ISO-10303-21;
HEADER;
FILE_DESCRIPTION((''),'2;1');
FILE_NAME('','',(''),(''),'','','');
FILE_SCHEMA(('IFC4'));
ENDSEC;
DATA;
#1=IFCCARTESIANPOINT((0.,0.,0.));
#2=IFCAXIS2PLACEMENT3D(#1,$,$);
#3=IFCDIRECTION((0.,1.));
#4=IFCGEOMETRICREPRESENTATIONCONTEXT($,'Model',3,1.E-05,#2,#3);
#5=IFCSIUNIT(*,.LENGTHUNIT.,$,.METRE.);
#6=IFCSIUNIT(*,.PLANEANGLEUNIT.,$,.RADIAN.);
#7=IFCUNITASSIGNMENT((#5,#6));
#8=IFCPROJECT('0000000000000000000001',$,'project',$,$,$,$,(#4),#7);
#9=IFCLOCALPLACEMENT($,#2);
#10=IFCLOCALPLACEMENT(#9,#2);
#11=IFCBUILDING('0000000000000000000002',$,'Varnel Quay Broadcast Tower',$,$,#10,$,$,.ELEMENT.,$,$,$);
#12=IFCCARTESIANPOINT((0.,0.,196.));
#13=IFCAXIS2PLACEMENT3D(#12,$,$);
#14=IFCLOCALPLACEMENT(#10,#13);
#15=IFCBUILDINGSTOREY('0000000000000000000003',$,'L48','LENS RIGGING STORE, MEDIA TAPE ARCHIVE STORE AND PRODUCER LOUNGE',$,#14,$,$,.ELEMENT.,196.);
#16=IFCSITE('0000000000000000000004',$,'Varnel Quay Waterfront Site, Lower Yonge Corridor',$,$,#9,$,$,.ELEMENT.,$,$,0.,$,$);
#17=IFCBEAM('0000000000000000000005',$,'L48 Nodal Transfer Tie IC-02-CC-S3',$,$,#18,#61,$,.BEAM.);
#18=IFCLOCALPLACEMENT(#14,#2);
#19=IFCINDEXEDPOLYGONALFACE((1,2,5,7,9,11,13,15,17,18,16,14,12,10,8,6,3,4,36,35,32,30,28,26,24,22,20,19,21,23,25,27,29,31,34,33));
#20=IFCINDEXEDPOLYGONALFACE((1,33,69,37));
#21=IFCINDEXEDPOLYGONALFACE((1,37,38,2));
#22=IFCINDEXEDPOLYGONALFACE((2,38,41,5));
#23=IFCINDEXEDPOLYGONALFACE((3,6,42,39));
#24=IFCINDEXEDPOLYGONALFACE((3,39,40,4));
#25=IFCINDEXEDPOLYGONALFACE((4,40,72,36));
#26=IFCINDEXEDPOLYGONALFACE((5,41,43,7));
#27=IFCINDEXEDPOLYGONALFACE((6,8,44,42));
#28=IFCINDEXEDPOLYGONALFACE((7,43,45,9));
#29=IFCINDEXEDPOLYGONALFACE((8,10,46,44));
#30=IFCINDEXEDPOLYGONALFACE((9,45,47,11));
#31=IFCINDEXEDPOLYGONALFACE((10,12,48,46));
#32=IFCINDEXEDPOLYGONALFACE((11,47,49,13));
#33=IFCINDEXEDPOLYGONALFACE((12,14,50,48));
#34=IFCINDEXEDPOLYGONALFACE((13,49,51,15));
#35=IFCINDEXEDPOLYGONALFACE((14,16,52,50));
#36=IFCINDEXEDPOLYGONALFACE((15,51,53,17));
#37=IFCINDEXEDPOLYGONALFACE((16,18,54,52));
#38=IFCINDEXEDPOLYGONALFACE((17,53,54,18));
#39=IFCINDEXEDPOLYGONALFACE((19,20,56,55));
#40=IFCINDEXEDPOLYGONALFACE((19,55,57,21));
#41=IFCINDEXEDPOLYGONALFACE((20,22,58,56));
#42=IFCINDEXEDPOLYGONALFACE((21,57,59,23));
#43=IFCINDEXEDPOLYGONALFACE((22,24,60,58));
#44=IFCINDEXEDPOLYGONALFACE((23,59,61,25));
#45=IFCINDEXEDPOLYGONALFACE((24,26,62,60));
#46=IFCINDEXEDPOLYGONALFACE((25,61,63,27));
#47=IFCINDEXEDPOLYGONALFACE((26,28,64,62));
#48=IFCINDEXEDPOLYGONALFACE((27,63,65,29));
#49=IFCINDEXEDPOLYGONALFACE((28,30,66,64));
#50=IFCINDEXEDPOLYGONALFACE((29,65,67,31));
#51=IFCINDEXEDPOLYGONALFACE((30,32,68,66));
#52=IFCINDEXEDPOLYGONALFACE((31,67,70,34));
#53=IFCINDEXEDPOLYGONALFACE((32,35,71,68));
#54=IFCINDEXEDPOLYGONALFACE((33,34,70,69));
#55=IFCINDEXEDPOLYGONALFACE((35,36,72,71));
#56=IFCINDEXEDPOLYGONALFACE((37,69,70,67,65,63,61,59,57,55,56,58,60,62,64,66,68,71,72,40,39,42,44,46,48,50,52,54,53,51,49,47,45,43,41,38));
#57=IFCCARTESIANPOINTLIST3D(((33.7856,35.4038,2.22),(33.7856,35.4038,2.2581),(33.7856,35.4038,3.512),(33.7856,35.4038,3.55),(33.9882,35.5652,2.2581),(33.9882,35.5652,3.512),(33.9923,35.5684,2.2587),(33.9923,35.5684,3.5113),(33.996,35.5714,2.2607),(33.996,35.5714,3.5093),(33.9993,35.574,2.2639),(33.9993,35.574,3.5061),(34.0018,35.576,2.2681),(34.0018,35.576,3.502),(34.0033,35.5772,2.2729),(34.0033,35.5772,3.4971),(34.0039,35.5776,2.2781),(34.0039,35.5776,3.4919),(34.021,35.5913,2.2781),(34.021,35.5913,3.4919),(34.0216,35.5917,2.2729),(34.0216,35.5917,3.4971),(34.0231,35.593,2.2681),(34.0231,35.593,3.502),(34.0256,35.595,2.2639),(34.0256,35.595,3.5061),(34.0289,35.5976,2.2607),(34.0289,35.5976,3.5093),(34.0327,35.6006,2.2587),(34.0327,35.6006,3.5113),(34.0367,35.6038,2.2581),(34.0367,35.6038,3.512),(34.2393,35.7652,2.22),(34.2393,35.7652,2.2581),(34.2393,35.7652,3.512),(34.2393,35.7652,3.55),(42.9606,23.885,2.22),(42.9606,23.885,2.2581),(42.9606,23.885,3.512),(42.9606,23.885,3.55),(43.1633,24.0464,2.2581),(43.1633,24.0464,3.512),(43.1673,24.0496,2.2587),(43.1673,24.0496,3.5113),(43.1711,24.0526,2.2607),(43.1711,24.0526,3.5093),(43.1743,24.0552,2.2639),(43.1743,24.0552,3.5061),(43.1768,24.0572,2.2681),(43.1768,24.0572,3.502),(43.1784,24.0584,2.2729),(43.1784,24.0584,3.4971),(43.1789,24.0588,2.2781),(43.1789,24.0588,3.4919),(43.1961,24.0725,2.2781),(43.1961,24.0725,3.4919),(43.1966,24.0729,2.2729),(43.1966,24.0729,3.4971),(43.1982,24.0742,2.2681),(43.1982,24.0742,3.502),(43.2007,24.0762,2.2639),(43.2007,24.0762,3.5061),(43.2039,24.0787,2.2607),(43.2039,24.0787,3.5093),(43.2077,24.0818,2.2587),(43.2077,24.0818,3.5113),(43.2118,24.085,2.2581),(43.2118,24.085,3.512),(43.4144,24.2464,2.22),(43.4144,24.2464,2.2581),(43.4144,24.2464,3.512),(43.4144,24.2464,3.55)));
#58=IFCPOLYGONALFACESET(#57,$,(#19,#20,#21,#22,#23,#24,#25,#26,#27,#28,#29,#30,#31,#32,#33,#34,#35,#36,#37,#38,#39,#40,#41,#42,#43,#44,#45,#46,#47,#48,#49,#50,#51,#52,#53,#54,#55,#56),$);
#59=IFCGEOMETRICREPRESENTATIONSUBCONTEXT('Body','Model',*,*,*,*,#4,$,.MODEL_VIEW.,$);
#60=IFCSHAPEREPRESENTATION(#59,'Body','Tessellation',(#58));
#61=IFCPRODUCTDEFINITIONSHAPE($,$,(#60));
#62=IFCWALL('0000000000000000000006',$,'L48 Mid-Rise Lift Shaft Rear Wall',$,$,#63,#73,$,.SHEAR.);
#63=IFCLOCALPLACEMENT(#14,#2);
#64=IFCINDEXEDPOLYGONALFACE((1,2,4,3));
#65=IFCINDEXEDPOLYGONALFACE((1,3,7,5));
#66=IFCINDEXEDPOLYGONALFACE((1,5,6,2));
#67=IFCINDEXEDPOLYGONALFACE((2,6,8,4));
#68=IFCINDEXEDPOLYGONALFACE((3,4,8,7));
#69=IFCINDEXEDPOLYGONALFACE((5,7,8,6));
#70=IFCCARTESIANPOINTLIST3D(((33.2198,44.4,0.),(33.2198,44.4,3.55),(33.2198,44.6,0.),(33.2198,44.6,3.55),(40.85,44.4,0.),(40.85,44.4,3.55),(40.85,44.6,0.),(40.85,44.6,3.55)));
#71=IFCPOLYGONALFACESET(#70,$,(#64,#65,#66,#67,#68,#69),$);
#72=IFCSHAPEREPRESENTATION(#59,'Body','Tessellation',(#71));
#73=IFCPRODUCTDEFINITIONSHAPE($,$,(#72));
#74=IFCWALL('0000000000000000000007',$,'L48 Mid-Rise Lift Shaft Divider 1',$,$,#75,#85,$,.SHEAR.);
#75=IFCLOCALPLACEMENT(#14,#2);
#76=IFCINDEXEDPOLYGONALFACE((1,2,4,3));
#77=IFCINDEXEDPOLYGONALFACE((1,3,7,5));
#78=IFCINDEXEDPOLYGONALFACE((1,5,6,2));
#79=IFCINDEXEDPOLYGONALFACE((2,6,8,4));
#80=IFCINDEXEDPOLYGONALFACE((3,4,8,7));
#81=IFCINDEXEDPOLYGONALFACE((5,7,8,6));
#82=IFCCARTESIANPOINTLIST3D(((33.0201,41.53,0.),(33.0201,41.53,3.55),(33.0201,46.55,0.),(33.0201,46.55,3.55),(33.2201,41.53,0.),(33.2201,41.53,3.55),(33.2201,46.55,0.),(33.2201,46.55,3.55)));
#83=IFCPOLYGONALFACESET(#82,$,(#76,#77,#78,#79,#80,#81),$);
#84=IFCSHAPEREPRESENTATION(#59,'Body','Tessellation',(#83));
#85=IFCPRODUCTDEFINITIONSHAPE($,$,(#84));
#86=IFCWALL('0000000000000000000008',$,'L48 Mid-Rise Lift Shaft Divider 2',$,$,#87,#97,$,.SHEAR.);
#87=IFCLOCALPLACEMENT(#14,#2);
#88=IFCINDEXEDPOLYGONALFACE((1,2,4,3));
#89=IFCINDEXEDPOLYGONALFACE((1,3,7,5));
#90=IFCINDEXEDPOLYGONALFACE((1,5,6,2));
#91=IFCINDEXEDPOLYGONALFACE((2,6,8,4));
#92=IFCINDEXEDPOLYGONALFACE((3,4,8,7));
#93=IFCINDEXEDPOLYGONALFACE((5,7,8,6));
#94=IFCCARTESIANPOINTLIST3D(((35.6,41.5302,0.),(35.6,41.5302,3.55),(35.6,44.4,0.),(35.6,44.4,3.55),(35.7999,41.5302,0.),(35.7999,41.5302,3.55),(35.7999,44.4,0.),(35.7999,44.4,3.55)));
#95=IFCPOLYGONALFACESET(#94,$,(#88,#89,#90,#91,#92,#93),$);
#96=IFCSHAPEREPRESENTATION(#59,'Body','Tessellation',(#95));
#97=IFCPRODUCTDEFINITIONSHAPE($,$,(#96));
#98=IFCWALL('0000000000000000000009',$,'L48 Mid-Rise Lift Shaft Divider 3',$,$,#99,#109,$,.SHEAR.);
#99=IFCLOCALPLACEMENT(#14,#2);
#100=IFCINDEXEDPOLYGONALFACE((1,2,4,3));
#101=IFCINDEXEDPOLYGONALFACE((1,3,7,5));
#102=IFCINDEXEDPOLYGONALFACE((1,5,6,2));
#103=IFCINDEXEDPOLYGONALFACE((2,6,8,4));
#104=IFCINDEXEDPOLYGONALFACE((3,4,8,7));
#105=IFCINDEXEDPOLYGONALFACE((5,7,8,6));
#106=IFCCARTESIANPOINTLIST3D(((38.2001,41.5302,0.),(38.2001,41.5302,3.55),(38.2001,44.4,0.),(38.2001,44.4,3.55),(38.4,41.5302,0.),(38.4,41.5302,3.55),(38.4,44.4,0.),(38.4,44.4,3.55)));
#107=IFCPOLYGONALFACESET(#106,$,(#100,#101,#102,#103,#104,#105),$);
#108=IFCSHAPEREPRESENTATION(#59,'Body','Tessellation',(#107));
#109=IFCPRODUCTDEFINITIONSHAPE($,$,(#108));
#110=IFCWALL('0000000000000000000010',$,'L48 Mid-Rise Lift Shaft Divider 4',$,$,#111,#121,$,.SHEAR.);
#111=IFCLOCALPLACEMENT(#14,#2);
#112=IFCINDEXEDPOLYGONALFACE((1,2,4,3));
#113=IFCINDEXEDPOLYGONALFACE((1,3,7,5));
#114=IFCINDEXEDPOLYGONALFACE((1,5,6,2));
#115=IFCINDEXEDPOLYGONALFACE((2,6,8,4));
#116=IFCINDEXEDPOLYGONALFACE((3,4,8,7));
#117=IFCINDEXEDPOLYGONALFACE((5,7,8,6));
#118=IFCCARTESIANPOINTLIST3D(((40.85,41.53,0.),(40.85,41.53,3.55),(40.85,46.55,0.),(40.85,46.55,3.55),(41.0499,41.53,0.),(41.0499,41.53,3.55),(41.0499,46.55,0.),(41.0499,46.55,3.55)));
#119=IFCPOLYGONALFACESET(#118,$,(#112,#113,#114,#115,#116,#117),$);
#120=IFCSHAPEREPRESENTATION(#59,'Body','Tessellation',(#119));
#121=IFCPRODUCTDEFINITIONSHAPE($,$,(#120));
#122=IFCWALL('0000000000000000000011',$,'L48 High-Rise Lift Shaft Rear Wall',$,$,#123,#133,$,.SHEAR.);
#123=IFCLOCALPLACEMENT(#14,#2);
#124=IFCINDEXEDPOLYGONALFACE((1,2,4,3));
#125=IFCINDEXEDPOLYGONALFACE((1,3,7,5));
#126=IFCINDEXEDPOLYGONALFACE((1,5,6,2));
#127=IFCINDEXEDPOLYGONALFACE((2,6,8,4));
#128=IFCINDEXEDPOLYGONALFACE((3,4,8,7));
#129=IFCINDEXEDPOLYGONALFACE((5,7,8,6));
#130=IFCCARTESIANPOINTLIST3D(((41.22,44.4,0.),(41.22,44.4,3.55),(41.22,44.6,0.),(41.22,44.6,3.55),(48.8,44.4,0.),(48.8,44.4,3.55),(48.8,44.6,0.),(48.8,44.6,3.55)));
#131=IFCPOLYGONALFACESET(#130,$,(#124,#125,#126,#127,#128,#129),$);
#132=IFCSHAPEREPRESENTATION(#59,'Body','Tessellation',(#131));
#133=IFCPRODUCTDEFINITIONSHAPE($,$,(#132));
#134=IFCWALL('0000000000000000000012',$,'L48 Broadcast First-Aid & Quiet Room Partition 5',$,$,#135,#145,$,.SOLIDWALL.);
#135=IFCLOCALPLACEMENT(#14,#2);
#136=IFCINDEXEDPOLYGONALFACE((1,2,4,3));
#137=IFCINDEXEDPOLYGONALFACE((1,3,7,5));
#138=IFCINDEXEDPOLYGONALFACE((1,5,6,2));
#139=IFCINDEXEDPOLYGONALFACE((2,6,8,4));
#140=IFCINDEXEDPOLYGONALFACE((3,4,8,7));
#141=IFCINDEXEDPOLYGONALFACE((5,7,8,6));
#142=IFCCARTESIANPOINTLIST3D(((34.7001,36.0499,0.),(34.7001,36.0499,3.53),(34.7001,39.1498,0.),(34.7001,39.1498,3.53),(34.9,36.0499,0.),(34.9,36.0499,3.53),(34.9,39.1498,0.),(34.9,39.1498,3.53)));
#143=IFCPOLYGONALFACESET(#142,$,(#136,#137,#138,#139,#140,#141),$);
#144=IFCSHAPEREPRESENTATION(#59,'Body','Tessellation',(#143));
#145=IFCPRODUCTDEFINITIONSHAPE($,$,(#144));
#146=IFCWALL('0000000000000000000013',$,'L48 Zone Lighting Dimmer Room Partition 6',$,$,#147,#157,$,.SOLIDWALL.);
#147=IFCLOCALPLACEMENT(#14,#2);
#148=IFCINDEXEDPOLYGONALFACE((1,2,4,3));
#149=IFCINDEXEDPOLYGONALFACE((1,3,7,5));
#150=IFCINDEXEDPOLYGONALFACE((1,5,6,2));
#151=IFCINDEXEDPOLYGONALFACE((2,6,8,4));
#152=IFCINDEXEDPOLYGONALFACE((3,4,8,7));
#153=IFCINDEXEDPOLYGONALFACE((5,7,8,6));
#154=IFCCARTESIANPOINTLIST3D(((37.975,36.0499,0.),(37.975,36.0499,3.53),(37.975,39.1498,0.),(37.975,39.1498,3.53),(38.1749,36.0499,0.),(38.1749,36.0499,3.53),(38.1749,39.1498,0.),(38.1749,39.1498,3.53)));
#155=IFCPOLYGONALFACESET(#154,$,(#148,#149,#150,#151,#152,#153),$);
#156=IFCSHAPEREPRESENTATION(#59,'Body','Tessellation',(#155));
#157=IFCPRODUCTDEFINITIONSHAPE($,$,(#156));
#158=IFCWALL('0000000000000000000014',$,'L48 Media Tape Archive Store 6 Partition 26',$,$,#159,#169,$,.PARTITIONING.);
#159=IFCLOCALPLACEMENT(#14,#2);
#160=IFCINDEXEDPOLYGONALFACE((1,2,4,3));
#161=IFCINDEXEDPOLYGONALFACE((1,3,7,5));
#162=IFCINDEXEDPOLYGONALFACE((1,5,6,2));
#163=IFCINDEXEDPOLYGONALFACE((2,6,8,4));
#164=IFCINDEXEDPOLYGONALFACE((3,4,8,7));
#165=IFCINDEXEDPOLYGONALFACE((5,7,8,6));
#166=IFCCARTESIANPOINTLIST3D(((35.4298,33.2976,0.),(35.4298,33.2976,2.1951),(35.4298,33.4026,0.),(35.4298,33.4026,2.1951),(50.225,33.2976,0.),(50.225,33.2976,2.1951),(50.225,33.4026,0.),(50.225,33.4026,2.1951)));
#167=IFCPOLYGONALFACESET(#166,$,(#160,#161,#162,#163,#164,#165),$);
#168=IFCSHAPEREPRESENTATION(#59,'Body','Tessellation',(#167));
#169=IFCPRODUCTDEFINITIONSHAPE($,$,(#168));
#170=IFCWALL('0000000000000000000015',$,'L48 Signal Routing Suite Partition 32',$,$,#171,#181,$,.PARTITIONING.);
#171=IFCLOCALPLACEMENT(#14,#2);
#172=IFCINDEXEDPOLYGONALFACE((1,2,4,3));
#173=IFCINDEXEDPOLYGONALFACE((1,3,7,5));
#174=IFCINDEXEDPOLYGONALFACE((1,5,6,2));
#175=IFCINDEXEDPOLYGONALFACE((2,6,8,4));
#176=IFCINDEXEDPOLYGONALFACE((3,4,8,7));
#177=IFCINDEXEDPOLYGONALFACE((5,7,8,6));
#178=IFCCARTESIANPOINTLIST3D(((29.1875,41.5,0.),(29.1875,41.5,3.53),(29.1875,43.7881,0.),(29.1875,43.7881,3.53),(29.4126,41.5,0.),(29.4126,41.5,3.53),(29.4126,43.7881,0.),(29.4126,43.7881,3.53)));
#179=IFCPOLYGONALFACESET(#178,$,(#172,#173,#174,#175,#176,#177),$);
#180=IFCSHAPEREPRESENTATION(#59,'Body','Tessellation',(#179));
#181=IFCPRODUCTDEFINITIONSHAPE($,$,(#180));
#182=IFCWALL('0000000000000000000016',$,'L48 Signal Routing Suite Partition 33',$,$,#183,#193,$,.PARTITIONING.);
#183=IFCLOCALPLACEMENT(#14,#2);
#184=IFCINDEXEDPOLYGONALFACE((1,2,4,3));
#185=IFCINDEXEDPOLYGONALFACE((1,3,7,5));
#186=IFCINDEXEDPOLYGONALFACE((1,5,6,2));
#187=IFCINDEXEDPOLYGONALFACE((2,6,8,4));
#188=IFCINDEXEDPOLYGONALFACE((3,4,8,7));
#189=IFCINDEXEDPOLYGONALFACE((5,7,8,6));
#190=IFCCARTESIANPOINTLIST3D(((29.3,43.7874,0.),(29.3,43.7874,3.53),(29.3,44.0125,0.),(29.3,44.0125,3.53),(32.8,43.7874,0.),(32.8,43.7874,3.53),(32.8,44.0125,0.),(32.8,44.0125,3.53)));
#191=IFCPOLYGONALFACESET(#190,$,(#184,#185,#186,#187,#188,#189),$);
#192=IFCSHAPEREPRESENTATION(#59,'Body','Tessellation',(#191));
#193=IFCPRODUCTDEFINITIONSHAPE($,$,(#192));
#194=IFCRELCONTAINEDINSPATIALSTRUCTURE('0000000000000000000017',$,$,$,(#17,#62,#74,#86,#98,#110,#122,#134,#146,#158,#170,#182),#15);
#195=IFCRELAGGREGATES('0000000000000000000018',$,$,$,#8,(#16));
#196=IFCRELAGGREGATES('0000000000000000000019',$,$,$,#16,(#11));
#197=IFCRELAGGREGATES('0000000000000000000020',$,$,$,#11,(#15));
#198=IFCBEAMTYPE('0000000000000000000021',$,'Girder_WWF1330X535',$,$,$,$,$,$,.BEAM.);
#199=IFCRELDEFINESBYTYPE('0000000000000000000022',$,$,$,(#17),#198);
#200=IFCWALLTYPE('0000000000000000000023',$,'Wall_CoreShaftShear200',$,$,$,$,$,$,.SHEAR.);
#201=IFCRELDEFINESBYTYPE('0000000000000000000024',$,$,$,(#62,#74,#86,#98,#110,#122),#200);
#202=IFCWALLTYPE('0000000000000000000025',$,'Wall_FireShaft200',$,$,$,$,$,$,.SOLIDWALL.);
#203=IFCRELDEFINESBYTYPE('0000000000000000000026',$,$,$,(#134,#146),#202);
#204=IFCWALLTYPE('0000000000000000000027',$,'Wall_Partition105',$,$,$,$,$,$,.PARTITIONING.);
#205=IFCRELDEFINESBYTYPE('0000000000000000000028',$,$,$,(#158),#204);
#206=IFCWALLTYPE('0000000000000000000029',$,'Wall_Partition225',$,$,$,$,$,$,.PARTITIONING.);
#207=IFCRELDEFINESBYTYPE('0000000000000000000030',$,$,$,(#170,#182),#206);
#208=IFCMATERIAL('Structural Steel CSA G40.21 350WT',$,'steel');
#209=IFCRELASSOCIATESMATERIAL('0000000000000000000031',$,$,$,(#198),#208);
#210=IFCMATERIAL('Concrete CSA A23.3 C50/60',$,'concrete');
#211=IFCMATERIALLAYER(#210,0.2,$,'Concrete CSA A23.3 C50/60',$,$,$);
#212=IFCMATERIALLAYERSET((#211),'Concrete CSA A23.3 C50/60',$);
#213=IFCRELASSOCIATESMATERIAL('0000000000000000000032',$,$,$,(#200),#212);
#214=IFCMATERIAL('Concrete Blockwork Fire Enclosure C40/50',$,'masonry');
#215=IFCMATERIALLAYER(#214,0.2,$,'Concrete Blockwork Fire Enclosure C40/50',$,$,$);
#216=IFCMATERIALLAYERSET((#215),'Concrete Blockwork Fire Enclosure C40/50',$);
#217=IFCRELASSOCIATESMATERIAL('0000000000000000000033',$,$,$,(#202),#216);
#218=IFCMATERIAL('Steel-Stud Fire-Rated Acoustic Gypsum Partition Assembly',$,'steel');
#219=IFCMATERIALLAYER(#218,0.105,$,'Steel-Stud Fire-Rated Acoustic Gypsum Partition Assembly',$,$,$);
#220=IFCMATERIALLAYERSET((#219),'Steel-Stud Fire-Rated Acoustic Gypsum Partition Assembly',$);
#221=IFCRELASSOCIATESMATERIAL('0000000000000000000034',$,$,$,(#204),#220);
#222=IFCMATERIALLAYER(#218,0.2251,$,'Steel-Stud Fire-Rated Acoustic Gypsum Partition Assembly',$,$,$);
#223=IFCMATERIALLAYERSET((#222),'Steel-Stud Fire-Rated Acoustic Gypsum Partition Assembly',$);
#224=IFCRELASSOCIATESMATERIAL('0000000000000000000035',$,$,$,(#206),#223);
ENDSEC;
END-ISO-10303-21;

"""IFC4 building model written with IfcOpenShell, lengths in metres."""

from ifc_helpers import new_model, si_unit, direction, frame, frame_2d, origin, origin_2d, place, context, subcontext, project, spatial, rectangle, i_section, extrude, source, transform, mapped, material, layer, layer_set, material_profile, profile_set, type_object, type_shapes, element, save


model = new_model("IFC4")

# Units and contexts
model_context = context("Model", 3, precision=1e-05, world=origin(), true_north=direction((0.0, 1.0)))
body_context = subcontext(model_context, "Body", "Model", "MODEL_VIEW")
ifc_project = project(units=[si_unit("LENGTHUNIT", "METRE"), si_unit("PLANEANGLEUNIT", "RADIAN")], contexts=[model_context])

# Site, building, storey
site_placement = place(None, origin())
site = spatial("IfcSite", under=ifc_project, at=site_placement, Name="Varnel Quay Waterfront Site, Lower Yonge Corridor", CompositionType="ELEMENT", RefElevation=0.0)
building_placement = place(site_placement, origin())
building = spatial("IfcBuilding", under=site, at=building_placement, Name="Varnel Quay Broadcast Tower", CompositionType="ELEMENT")
storey_placement = place(building_placement, frame((0.0, 0.0, 196.0)))
storey = spatial("IfcBuildingStorey", under=building, at=storey_placement, Name="L48", Description="LENS RIGGING STORE, MEDIA TAPE ARCHIVE STORE AND PRODUCER LOUNGE", CompositionType="ELEMENT", Elevation=196.0)

# Shared definitions
ifc_material_1 = material(Name="Structural Steel CSA G40.21 350WT", Category="steel")

# Beam
ifc_material_2 = material(Name="Concrete CSA A23.3 C50/60", Category="concrete")
ifc_material_profile_1 = material_profile(ifc_material_1, i_section(OverallWidth=0.5801, OverallDepth=1.3301, WebThickness=0.022, FlangeThickness=0.0381, FilletRadius=0.02, at=origin_2d()), Name="WWF1330X535")
ifc_profile_set_1 = profile_set([ifc_material_profile_1], Name="Structural Steel CSA G40.21 350WT")
beam_type_1 = type_object("IfcBeamType", Name="Girder_WWF1330X535", PredefinedType="BEAM", material=ifc_profile_set_1)
shared_shape_1 = source(origin(), body_context, "Body", "SweptSolid", [
    extrude(i_section(OverallWidth=0.5801, OverallDepth=1.3301, WebThickness=0.022, FlangeThickness=0.0381, FilletRadius=0.02, at=origin_2d()), origin(), (0.0, 0.0, 1.0), 14.7263),
])
type_shapes(beam_type_1, [shared_shape_1])
for number, where, z_axis, x_axis, name in (
    (1, (34.0125, 35.5845, 2.885), (0.623038, -0.782192, 0.0), (0.782192, 0.623038, 0.0), "L48 Nodal Transfer Tie IC-02-CC-S3"),
):
    element("IfcBeam", number, at=place(storey_placement, frame(where, z_axis=z_axis, x_axis=x_axis)), inside=storey, type_object=beam_type_1, Name=name, PredefinedType="BEAM", context=body_context, shape_type="MappedRepresentation", body=[
        mapped(shared_shape_1, transform((0.0, 0.0, 0.0), x_axis=(1.0, 0.0, 0.0), y_axis=(0.0, 1.0, 0.0), z_axis=(0.0, 0.0, 1.0), scale=1.0)),
    ])

# Walls
ifc_layer_1 = layer(ifc_material_2, 0.2, Name="Concrete CSA A23.3 C50/60")
ifc_layer_set_1 = layer_set([ifc_layer_1], Name="Concrete CSA A23.3 C50/60")
wall_type_1 = type_object("IfcWallType", Name="Wall_CoreShaftShear200", PredefinedType="SHEAR", material=ifc_layer_set_1)
wall_1_placement = place(storey_placement, frame((33.22, 44.5, 0.0), z_axis=(0.0, 0.0, 1.0), x_axis=(1.0, 0.0, 0.0)))
element("IfcWall", 2, at=wall_1_placement, inside=storey, type_object=wall_type_1, Name="L48 Mid-Rise Lift Shaft Rear Wall", PredefinedType="SHEAR", context=body_context, shape_type="SweptSolid", body=[
    extrude(rectangle(XDim=7.6301, YDim=0.2, at=frame_2d((3.8149, 0.0))), origin(), (0.0, 0.0, 1.0), 3.55),
])
wall_2_placement = place(storey_placement, frame((33.1201, 41.53, 0.0), z_axis=(0.0, 0.0, 1.0), x_axis=(0.0, 1.0, 0.0)))
element("IfcWall", 3, at=wall_2_placement, inside=storey, type_object=wall_type_1, Name="L48 Mid-Rise Lift Shaft Divider 1", PredefinedType="SHEAR", context=body_context, shape_type="SweptSolid", body=[
    extrude(rectangle(XDim=5.02, YDim=0.2, at=frame_2d((2.51, 0.0))), origin(), (0.0, 0.0, 1.0), 3.55),
])
for number, where, z_axis, x_axis, name in (
    (4, (35.7, 41.53, 0.0), (0.0, 0.0, 1.0), (0.0, 1.0, 0.0), "L48 Mid-Rise Lift Shaft Divider 2"),
    (5, (38.3, 41.53, 0.0), (0.0, 0.0, 1.0), (0.0, 1.0, 0.0), "L48 Mid-Rise Lift Shaft Divider 3"),
):
    element("IfcWall", number, at=place(storey_placement, frame(where, z_axis=z_axis, x_axis=x_axis)), inside=storey, type_object=wall_type_1, Name=name, PredefinedType="SHEAR", context=body_context, shape_type="SweptSolid", body=[
        extrude(rectangle(XDim=2.8699, YDim=0.2, at=frame_2d((1.4351, 0.0))), origin(), (0.0, 0.0, 1.0), 3.55),
    ])
wall_3_placement = place(storey_placement, frame((40.95, 41.53, 0.0), z_axis=(0.0, 0.0, 1.0), x_axis=(0.0, 1.0, 0.0)))
element("IfcWall", 6, at=wall_3_placement, inside=storey, type_object=wall_type_1, Name="L48 Mid-Rise Lift Shaft Divider 4", PredefinedType="SHEAR", context=body_context, shape_type="SweptSolid", body=[
    extrude(rectangle(XDim=5.02, YDim=0.2, at=frame_2d((2.51, 0.0))), origin(), (0.0, 0.0, 1.0), 3.55),
])
wall_4_placement = place(storey_placement, frame((41.22, 44.5, 0.0), z_axis=(0.0, 0.0, 1.0), x_axis=(1.0, 0.0, 0.0)))
element("IfcWall", 7, at=wall_4_placement, inside=storey, type_object=wall_type_1, Name="L48 High-Rise Lift Shaft Rear Wall", PredefinedType="SHEAR", context=body_context, shape_type="SweptSolid", body=[
    extrude(rectangle(XDim=7.5801, YDim=0.2, at=frame_2d((3.79, 0.0))), origin(), (0.0, 0.0, 1.0), 3.55),
])
ifc_material_3 = material(Name="Concrete Blockwork Fire Enclosure C40/50", Category="masonry")
ifc_layer_2 = layer(ifc_material_3, 0.2, Name="Concrete Blockwork Fire Enclosure C40/50")
ifc_layer_set_2 = layer_set([ifc_layer_2], Name="Concrete Blockwork Fire Enclosure C40/50")
wall_type_2 = type_object("IfcWallType", Name="Wall_FireShaft200", PredefinedType="SOLIDWALL", material=ifc_layer_set_2)
for number, where, z_axis, x_axis, name in (
    (8, (34.8, 36.05, 0.0), (0.0, 0.0, 1.0), (0.0, 1.0, 0.0), "L48 Broadcast First-Aid & Quiet Room Partition 5"),
    (9, (38.075, 36.05, 0.0), (0.0, 0.0, 1.0), (0.0, 1.0, 0.0), "L48 Zone Lighting Dimmer Room Partition 6"),
):
    element("IfcWall", number, at=place(storey_placement, frame(where, z_axis=z_axis, x_axis=x_axis)), inside=storey, type_object=wall_type_2, Name=name, PredefinedType="SOLIDWALL", context=body_context, shape_type="SweptSolid", body=[
        extrude(rectangle(XDim=3.0999, YDim=0.2, at=frame_2d((1.5498, 0.0))), origin(), (0.0, 0.0, 1.0), 3.53),
    ])
ifc_material_4 = material(Name="Steel-Stud Fire-Rated Acoustic Gypsum Partition Assembly", Category="steel")
ifc_layer_3 = layer(ifc_material_4, 0.105, Name="Steel-Stud Fire-Rated Acoustic Gypsum Partition Assembly")
ifc_layer_set_3 = layer_set([ifc_layer_3], Name="Steel-Stud Fire-Rated Acoustic Gypsum Partition Assembly")
wall_type_3 = type_object("IfcWallType", Name="Wall_Partition105", PredefinedType="PARTITIONING", material=ifc_layer_set_3)
wall_5_placement = place(storey_placement, frame((35.4299, 33.3501, 0.0), z_axis=(0.0, 0.0, 1.0), x_axis=(1.0, 0.0, 0.0)))
element("IfcWall", 10, at=wall_5_placement, inside=storey, type_object=wall_type_3, Name="L48 Media Tape Archive Store 6 Partition 26", PredefinedType="PARTITIONING", context=body_context, shape_type="SweptSolid", body=[
    extrude(rectangle(XDim=14.7952, YDim=0.105, at=frame_2d((7.3975, 0.0))), origin(), (0.0, 0.0, 1.0), 2.1951),
])
ifc_layer_4 = layer(ifc_material_4, 0.2251, Name="Steel-Stud Fire-Rated Acoustic Gypsum Partition Assembly")
ifc_layer_set_4 = layer_set([ifc_layer_4], Name="Steel-Stud Fire-Rated Acoustic Gypsum Partition Assembly")
wall_type_4 = type_object("IfcWallType", Name="Wall_Partition225", PredefinedType="PARTITIONING", material=ifc_layer_set_4)
wall_6_placement = place(storey_placement, frame((29.3, 41.5, 0.0), z_axis=(0.0, 0.0, 1.0), x_axis=(0.0, 1.0, 0.0)))
element("IfcWall", 11, at=wall_6_placement, inside=storey, type_object=wall_type_4, Name="L48 Signal Routing Suite Partition 32", PredefinedType="PARTITIONING", context=body_context, shape_type="SweptSolid", body=[
    extrude(rectangle(XDim=2.2881, YDim=0.2251, at=frame_2d((1.144, 0.0))), origin(), (0.0, 0.0, 1.0), 3.53),
])
wall_7_placement = place(storey_placement, frame((29.3, 43.8999, 0.0), z_axis=(0.0, 0.0, 1.0), x_axis=(1.0, 0.0, 0.0)))
element("IfcWall", 12, at=wall_7_placement, inside=storey, type_object=wall_type_4, Name="L48 Signal Routing Suite Partition 33", PredefinedType="PARTITIONING", context=body_context, shape_type="SweptSolid", body=[
    extrude(rectangle(XDim=3.5, YDim=0.2251, at=frame_2d((1.75, 0.0))), origin(), (0.0, 0.0, 1.0), 3.53),
])

save(model, "model.ifc")
